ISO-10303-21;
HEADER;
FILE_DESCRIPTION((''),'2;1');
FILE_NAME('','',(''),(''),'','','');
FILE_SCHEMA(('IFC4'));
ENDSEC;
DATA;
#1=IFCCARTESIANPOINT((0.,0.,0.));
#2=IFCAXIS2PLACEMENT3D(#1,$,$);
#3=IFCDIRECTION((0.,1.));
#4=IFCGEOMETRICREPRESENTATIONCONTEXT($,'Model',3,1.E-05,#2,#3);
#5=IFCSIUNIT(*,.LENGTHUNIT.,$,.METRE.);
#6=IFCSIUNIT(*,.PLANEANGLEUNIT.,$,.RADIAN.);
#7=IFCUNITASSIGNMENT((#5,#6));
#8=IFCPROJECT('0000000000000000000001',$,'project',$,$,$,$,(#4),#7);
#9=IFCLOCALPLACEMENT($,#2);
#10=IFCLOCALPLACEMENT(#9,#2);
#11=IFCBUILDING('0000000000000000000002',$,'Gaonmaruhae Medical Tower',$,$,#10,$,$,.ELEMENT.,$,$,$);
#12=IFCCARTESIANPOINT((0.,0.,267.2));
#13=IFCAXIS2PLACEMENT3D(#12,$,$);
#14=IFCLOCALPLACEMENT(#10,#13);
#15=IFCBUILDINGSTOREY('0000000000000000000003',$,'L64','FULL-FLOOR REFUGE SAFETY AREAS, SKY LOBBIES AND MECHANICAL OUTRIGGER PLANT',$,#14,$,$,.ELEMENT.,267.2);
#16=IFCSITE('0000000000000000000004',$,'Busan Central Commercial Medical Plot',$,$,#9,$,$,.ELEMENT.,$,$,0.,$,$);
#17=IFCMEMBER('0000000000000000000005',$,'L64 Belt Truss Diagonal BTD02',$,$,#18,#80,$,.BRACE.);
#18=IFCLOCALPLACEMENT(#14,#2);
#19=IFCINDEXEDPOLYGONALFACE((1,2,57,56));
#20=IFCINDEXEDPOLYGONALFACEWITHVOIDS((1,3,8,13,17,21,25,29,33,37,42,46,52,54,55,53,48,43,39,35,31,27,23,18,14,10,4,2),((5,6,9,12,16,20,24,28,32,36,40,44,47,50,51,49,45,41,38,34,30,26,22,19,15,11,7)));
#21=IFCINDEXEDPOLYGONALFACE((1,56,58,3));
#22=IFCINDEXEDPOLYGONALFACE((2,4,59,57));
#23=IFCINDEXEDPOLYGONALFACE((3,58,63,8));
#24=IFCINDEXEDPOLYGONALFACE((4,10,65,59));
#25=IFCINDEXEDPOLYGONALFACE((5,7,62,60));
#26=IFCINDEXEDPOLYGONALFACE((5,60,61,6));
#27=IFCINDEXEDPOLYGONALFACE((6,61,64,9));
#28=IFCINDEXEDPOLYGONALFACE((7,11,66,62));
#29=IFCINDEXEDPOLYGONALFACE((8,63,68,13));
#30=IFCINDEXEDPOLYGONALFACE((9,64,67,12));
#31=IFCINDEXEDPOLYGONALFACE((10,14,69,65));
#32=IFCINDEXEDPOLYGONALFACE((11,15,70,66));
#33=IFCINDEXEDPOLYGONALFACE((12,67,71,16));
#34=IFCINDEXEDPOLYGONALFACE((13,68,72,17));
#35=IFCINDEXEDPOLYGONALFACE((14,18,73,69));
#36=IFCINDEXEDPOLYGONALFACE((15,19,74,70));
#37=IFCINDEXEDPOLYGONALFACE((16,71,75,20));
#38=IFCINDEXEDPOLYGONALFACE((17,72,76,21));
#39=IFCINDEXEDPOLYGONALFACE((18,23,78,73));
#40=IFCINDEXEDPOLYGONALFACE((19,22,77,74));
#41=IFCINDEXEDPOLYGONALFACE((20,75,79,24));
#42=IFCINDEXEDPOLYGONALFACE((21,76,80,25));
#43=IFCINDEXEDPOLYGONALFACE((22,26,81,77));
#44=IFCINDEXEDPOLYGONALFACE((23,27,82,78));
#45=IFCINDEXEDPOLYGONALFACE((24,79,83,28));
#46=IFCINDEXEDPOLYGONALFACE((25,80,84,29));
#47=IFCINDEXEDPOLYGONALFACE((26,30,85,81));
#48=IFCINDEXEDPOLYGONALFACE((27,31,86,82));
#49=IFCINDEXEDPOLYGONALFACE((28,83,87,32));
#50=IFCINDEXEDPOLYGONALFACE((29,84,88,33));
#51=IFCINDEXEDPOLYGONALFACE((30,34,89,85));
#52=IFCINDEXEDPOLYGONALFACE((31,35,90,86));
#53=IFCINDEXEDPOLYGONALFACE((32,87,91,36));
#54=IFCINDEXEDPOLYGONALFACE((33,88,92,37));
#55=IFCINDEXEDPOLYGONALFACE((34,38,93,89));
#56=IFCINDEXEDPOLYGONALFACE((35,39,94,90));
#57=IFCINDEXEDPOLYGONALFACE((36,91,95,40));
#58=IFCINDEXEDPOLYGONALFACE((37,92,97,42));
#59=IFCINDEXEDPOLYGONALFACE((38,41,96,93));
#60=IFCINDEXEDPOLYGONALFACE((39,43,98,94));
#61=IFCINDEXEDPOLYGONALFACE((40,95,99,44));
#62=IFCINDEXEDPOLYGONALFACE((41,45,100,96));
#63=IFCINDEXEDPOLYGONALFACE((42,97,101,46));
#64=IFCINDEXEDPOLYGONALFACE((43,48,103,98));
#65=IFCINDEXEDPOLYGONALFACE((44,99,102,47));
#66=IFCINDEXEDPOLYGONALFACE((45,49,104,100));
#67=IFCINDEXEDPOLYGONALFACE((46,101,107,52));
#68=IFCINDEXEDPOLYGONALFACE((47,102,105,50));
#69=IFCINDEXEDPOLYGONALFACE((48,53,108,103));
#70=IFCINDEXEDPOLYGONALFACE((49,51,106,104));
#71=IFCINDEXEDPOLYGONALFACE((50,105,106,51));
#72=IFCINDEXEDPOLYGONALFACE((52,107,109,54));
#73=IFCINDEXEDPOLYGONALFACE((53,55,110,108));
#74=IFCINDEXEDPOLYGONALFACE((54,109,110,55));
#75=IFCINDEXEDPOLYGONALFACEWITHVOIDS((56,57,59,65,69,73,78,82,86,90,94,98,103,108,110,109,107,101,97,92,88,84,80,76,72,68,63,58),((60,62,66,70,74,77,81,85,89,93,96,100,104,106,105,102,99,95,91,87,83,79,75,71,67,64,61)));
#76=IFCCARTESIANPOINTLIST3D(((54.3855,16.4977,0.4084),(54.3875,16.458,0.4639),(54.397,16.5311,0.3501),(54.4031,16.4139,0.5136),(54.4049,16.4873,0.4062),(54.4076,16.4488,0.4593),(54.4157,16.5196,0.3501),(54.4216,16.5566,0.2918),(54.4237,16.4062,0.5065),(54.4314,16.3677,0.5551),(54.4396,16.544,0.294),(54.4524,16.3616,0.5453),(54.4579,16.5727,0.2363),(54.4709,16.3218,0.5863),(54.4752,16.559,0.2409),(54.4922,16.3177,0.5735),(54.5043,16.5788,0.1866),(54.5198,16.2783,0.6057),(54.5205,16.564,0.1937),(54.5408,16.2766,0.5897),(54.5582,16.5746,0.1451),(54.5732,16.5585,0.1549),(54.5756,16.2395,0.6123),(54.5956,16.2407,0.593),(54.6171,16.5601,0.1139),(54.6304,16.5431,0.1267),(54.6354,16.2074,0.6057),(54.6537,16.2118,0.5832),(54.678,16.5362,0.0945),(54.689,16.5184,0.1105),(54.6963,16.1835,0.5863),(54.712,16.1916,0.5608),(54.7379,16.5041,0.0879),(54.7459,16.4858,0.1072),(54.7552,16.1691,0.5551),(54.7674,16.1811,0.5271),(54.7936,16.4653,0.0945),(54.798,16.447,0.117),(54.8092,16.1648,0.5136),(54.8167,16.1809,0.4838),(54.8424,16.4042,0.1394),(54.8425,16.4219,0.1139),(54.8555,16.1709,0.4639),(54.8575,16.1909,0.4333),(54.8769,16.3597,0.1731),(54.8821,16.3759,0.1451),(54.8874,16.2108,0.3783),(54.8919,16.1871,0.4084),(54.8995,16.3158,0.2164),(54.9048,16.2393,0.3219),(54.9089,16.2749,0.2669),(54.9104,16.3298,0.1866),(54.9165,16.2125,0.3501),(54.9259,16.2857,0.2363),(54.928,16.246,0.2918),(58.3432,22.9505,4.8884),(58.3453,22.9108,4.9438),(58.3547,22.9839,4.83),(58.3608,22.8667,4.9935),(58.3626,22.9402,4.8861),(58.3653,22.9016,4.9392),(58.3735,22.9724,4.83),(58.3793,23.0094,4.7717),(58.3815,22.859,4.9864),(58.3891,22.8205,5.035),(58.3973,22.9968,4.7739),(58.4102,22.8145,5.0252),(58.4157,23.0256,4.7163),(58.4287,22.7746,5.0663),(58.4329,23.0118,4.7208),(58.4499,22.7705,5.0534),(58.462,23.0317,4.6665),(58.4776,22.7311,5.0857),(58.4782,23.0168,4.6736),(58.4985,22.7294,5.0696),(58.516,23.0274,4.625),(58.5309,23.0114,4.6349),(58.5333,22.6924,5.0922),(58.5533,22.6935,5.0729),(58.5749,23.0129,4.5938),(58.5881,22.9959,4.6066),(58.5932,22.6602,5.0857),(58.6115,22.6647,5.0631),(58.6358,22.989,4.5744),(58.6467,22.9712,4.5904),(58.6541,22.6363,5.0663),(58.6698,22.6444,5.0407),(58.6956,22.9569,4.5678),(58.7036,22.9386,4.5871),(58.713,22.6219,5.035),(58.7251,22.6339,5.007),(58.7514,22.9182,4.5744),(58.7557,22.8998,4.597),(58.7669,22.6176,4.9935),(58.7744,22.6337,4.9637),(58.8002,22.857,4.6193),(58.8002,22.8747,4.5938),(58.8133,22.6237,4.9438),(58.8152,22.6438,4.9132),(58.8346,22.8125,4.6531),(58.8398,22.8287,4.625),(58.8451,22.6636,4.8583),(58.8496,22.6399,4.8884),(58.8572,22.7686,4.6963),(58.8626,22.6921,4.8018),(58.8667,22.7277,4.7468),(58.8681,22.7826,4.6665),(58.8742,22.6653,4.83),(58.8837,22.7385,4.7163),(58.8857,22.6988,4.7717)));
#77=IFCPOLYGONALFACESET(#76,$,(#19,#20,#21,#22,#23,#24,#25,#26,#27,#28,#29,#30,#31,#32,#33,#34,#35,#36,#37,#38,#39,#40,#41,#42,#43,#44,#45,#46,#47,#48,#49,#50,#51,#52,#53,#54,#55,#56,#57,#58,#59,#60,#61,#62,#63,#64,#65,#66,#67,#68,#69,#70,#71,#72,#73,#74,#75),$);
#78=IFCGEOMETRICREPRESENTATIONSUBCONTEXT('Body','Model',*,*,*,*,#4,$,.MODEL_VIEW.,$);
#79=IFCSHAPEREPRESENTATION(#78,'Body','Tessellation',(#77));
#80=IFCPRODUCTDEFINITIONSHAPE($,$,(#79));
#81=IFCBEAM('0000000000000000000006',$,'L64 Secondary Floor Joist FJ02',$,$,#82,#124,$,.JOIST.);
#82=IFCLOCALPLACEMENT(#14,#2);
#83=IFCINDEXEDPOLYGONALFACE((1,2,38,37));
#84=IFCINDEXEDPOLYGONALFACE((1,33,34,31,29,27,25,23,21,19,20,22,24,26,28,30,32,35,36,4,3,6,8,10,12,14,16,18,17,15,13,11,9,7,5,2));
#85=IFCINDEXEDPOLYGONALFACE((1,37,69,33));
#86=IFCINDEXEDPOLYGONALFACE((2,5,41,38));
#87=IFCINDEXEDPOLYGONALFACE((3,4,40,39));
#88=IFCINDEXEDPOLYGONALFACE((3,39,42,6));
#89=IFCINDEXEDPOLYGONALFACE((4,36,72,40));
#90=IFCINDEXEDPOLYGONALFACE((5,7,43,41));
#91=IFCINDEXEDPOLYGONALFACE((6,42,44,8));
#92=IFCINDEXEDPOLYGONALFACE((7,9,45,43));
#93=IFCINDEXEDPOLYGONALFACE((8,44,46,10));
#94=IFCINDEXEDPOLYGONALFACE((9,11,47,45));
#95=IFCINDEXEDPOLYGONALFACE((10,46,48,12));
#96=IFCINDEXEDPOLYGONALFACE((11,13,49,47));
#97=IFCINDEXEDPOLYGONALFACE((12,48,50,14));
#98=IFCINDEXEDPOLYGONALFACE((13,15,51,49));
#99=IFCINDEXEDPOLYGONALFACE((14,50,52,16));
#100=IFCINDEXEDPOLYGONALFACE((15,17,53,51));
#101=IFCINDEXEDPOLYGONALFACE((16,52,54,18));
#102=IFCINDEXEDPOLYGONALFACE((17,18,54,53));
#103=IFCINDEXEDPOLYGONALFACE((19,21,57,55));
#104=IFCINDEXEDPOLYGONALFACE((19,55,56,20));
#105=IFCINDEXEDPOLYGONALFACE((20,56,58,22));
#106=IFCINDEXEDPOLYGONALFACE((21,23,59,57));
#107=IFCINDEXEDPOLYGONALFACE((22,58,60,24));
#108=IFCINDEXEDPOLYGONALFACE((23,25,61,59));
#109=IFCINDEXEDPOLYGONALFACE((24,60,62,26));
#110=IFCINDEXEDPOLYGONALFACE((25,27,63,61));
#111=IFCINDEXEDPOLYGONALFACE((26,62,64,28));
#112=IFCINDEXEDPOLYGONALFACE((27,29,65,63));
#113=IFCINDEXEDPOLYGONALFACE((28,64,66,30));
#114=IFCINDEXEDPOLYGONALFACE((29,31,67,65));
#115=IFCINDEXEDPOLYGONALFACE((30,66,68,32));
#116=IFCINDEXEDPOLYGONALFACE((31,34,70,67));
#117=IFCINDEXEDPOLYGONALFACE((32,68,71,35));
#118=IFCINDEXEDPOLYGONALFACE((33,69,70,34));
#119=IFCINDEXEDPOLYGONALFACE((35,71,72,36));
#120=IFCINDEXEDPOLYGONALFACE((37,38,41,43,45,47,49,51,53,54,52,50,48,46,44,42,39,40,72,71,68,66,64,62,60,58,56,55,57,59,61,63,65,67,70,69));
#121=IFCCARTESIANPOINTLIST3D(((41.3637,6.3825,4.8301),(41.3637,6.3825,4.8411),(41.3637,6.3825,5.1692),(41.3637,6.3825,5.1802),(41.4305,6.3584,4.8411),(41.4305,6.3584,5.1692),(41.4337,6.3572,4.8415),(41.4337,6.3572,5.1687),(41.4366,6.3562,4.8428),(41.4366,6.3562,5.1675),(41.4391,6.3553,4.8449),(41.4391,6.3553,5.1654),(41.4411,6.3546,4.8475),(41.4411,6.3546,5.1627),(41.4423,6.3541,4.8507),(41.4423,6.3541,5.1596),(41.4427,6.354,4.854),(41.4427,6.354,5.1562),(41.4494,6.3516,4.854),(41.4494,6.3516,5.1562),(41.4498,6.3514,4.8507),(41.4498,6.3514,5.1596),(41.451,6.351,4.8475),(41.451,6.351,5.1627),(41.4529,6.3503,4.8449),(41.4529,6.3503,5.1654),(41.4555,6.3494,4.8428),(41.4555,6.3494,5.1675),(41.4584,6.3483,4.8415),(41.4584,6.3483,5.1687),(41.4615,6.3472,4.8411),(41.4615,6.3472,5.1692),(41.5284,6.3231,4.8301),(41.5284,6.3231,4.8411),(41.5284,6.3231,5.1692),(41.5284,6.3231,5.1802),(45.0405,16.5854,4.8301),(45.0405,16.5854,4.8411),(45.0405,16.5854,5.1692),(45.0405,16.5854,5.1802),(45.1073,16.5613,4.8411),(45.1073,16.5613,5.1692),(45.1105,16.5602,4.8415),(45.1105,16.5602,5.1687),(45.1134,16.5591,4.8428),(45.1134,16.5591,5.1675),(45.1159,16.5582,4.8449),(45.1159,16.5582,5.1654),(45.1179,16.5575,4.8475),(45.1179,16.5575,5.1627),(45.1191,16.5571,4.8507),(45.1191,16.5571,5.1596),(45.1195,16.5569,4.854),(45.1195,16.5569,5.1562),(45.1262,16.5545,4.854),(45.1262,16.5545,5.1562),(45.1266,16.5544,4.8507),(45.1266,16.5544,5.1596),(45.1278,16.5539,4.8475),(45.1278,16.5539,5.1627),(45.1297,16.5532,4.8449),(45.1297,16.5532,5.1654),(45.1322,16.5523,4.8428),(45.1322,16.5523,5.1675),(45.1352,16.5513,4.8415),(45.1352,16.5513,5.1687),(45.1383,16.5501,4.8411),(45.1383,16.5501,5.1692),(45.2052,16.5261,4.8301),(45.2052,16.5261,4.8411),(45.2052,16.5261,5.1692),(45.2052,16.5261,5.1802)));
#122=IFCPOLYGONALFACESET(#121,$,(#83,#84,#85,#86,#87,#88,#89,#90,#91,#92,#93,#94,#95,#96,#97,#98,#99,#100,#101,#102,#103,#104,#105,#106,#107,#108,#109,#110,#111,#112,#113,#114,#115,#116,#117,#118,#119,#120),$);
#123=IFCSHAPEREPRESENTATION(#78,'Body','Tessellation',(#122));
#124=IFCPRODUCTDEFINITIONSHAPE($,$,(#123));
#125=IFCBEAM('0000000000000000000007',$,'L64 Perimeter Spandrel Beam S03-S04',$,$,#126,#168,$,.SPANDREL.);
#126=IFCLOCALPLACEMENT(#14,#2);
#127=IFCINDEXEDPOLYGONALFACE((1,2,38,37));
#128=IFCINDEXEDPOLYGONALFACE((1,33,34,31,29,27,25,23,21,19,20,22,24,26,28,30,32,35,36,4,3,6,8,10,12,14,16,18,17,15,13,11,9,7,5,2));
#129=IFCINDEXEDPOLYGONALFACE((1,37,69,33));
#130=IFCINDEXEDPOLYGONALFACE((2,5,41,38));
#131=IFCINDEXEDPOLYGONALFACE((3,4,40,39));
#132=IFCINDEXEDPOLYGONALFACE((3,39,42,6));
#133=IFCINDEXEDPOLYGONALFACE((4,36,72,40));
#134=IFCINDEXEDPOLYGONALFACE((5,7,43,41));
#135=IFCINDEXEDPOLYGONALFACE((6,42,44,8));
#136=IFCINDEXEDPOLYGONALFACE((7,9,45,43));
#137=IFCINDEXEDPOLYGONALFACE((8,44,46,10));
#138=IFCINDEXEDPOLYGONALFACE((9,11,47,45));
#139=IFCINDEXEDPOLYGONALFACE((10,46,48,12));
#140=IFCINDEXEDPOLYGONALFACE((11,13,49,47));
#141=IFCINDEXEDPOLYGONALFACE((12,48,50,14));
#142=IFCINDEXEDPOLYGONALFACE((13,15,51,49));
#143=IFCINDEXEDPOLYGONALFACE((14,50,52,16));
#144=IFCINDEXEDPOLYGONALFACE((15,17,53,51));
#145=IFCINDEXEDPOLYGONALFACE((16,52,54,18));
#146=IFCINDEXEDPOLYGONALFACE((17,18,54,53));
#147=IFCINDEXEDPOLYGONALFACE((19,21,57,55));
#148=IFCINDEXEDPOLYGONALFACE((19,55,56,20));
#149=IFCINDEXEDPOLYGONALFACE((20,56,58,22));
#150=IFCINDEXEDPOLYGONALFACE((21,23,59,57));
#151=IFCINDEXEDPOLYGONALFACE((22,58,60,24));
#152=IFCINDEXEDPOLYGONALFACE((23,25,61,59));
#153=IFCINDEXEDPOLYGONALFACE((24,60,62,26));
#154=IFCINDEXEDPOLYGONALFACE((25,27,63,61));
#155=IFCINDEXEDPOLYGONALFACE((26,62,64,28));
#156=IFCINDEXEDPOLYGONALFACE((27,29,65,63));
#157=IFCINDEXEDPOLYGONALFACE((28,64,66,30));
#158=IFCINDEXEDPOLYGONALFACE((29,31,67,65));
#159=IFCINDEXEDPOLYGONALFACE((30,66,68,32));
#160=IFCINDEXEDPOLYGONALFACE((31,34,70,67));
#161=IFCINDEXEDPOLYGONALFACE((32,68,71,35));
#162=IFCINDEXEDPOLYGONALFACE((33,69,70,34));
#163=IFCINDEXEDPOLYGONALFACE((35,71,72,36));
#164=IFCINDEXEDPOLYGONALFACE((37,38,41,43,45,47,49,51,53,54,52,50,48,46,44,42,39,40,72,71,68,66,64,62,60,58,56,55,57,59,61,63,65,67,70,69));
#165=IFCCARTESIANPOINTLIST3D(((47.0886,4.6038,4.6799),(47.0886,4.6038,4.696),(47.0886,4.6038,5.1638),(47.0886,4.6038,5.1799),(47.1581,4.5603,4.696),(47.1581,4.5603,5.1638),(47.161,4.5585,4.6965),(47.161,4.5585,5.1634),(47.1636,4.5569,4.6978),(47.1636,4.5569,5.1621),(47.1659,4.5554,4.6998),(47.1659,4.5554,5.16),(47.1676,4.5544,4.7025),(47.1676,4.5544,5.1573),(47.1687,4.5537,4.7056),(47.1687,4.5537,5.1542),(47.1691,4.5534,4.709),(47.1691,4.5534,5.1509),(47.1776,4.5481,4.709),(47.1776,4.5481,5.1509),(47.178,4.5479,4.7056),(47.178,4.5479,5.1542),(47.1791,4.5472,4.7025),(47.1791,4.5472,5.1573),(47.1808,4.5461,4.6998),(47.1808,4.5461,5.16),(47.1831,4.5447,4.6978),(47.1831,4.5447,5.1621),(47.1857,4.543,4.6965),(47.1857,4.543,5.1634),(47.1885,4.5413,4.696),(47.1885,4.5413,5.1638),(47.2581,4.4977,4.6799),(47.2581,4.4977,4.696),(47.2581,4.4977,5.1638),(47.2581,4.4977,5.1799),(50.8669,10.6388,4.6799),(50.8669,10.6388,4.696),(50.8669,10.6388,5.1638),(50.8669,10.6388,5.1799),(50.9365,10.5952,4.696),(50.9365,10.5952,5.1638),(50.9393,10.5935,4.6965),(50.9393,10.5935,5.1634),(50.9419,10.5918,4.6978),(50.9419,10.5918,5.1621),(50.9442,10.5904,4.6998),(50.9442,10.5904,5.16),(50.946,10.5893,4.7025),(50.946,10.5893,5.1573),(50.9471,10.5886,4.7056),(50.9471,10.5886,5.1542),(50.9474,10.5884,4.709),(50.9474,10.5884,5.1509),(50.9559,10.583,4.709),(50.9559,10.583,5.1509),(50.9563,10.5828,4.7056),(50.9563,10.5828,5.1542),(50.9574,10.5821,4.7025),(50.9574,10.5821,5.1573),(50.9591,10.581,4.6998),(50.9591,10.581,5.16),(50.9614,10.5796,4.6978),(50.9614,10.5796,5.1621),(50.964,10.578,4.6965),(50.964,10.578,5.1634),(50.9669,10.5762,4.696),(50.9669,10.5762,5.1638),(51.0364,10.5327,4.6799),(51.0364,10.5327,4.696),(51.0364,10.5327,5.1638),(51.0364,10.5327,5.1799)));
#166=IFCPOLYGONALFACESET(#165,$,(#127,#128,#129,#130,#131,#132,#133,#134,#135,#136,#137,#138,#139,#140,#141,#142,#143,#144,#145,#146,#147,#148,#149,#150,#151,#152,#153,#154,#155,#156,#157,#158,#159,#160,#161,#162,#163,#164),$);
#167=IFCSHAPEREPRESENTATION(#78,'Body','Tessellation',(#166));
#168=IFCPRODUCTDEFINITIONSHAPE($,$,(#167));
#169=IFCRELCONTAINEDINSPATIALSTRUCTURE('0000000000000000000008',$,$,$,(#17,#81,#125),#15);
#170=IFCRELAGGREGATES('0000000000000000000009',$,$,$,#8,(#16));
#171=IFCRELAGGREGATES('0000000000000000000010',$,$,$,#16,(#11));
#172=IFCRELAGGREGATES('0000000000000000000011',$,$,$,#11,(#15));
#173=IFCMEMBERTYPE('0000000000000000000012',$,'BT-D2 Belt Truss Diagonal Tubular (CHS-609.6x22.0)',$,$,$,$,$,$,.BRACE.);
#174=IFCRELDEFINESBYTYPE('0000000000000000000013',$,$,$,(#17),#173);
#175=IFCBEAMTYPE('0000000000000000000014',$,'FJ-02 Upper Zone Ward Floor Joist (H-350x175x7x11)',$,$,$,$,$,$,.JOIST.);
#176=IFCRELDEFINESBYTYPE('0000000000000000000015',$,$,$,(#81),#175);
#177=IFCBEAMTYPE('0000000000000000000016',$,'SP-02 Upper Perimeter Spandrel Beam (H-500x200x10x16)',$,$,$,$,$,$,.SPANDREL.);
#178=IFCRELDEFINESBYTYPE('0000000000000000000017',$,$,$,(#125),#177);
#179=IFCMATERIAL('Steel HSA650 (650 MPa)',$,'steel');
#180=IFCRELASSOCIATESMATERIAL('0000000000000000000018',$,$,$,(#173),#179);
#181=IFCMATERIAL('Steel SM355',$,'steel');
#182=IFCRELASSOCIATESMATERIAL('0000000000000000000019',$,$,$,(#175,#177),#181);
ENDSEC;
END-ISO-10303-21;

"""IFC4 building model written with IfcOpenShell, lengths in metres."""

from ifc_helpers import new_model, si_unit, direction, frame, origin, origin_2d, place, context, subcontext, project, spatial, hollow_circle, i_section, extrude, material, material_profile, profile_set, type_object, element, save


model = new_model("IFC4")

# Units and contexts
model_context = context("Model", 3, precision=1e-05, world=origin(), true_north=direction((0.0, 1.0)))
body_context = subcontext(model_context, "Body", "Model", "MODEL_VIEW")
ifc_project = project(units=[si_unit("LENGTHUNIT", "METRE"), si_unit("PLANEANGLEUNIT", "RADIAN")], contexts=[model_context])

# Site, building, storey
site_placement = place(None, origin())
site = spatial("IfcSite", under=ifc_project, at=site_placement, Name="Busan Central Commercial Medical Plot", CompositionType="ELEMENT", RefElevation=0.0)
building_placement = place(site_placement, origin())
building = spatial("IfcBuilding", under=site, at=building_placement, Name="Gaonmaruhae Medical Tower", CompositionType="ELEMENT")
storey_placement = place(building_placement, frame((0.0, 0.0, 267.2)))
storey = spatial("IfcBuildingStorey", under=building, at=storey_placement, Name="L64", Description="FULL-FLOOR REFUGE SAFETY AREAS, SKY LOBBIES AND MECHANICAL OUTRIGGER PLANT", CompositionType="ELEMENT", Elevation=267.2)

# Member
ifc_material_1 = material(Name="Steel HSA650 (650 MPa)", Category="steel")
ifc_material_profile_1 = material_profile(ifc_material_1, hollow_circle(Radius=0.3047, WallThickness=0.022, at=origin_2d()), Name="CHS-609.6x22.0")
ifc_profile_set_1 = profile_set([ifc_material_profile_1], Name="Steel HSA650 (650 MPa)")
member_type_1 = type_object("IfcMemberType", Name="BT-D2 Belt Truss Diagonal Tubular (CHS-609.6x22.0)", PredefinedType="BRACE", material=ifc_profile_set_1)
member_1_placement = place(storey_placement, frame((54.6567, 16.3718, 0.3501), z_axis=(0.449938, 0.733596, 0.509306), x_axis=(-0.852438, 0.522828, 0.0)))
element("IfcMember", 1, at=member_1_placement, inside=storey, type_object=member_type_1, Name="L64 Belt Truss Diagonal BTD02", PredefinedType="BRACE", context=body_context, shape_type="SweptSolid", body=[
    extrude(hollow_circle(Radius=0.3047, WallThickness=0.022, at=origin_2d()), origin(), (0.0, 0.0, 1.0), 8.7961),
])

# Beams
ifc_material_2 = material(Name="Steel SM355", Category="steel")
ifc_material_profile_2 = material_profile(ifc_material_2, i_section(OverallWidth=0.175, OverallDepth=0.3501, WebThickness=0.0071, FlangeThickness=0.011, FilletRadius=0.0129, at=origin_2d()), Name="H-350x175x7x11")
ifc_profile_set_2 = profile_set([ifc_material_profile_2], Name="Steel SM355")
beam_type_1 = type_object("IfcBeamType", Name="FJ-02 Upper Zone Ward Floor Joist (H-350x175x7x11)", PredefinedType="JOIST", material=ifc_profile_set_2)
beam_1_placement = place(storey_placement, frame((41.446, 6.3528, 5.0051), z_axis=(0.339023, 0.940778, 0.0), x_axis=(-0.940778, 0.339023, 0.0)))
element("IfcBeam", 2, at=beam_1_placement, inside=storey, type_object=beam_type_1, Name="L64 Secondary Floor Joist FJ02", PredefinedType="JOIST", context=body_context, shape_type="SweptSolid", body=[
    extrude(i_section(OverallWidth=0.175, OverallDepth=0.3501, WebThickness=0.0071, FlangeThickness=0.011, FilletRadius=0.0129, at=origin_2d()), origin(), (0.0, 0.0, 1.0), 10.8452),
])
ifc_material_profile_3 = material_profile(ifc_material_2, i_section(OverallWidth=0.2, OverallDepth=0.5, WebThickness=0.01, FlangeThickness=0.0161, FilletRadius=0.0129, at=origin_2d()), Name="H-500x200x10x16")
ifc_profile_set_3 = profile_set([ifc_material_profile_3], Name="Steel SM355")
beam_type_2 = type_object("IfcBeamType", Name="SP-02 Upper Perimeter Spandrel Beam (H-500x200x10x16)", PredefinedType="SPANDREL", material=ifc_profile_set_3)
beam_2_placement = place(storey_placement, frame((47.1733, 4.5508, 4.9299), z_axis=(0.530655, 0.847588, 0.0), x_axis=(-0.847588, 0.530655, 0.0)))
element("IfcBeam", 3, at=beam_2_placement, inside=storey, type_object=beam_type_2, Name="L64 Perimeter Spandrel Beam S03-S04", PredefinedType="SPANDREL", context=body_context, shape_type="SweptSolid", body=[
    extrude(i_section(OverallWidth=0.2, OverallDepth=0.5, WebThickness=0.01, FlangeThickness=0.0161, FilletRadius=0.0129, at=origin_2d()), origin(), (0.0, 0.0, 1.0), 7.1201),
])

save(model, "model.ifc")
